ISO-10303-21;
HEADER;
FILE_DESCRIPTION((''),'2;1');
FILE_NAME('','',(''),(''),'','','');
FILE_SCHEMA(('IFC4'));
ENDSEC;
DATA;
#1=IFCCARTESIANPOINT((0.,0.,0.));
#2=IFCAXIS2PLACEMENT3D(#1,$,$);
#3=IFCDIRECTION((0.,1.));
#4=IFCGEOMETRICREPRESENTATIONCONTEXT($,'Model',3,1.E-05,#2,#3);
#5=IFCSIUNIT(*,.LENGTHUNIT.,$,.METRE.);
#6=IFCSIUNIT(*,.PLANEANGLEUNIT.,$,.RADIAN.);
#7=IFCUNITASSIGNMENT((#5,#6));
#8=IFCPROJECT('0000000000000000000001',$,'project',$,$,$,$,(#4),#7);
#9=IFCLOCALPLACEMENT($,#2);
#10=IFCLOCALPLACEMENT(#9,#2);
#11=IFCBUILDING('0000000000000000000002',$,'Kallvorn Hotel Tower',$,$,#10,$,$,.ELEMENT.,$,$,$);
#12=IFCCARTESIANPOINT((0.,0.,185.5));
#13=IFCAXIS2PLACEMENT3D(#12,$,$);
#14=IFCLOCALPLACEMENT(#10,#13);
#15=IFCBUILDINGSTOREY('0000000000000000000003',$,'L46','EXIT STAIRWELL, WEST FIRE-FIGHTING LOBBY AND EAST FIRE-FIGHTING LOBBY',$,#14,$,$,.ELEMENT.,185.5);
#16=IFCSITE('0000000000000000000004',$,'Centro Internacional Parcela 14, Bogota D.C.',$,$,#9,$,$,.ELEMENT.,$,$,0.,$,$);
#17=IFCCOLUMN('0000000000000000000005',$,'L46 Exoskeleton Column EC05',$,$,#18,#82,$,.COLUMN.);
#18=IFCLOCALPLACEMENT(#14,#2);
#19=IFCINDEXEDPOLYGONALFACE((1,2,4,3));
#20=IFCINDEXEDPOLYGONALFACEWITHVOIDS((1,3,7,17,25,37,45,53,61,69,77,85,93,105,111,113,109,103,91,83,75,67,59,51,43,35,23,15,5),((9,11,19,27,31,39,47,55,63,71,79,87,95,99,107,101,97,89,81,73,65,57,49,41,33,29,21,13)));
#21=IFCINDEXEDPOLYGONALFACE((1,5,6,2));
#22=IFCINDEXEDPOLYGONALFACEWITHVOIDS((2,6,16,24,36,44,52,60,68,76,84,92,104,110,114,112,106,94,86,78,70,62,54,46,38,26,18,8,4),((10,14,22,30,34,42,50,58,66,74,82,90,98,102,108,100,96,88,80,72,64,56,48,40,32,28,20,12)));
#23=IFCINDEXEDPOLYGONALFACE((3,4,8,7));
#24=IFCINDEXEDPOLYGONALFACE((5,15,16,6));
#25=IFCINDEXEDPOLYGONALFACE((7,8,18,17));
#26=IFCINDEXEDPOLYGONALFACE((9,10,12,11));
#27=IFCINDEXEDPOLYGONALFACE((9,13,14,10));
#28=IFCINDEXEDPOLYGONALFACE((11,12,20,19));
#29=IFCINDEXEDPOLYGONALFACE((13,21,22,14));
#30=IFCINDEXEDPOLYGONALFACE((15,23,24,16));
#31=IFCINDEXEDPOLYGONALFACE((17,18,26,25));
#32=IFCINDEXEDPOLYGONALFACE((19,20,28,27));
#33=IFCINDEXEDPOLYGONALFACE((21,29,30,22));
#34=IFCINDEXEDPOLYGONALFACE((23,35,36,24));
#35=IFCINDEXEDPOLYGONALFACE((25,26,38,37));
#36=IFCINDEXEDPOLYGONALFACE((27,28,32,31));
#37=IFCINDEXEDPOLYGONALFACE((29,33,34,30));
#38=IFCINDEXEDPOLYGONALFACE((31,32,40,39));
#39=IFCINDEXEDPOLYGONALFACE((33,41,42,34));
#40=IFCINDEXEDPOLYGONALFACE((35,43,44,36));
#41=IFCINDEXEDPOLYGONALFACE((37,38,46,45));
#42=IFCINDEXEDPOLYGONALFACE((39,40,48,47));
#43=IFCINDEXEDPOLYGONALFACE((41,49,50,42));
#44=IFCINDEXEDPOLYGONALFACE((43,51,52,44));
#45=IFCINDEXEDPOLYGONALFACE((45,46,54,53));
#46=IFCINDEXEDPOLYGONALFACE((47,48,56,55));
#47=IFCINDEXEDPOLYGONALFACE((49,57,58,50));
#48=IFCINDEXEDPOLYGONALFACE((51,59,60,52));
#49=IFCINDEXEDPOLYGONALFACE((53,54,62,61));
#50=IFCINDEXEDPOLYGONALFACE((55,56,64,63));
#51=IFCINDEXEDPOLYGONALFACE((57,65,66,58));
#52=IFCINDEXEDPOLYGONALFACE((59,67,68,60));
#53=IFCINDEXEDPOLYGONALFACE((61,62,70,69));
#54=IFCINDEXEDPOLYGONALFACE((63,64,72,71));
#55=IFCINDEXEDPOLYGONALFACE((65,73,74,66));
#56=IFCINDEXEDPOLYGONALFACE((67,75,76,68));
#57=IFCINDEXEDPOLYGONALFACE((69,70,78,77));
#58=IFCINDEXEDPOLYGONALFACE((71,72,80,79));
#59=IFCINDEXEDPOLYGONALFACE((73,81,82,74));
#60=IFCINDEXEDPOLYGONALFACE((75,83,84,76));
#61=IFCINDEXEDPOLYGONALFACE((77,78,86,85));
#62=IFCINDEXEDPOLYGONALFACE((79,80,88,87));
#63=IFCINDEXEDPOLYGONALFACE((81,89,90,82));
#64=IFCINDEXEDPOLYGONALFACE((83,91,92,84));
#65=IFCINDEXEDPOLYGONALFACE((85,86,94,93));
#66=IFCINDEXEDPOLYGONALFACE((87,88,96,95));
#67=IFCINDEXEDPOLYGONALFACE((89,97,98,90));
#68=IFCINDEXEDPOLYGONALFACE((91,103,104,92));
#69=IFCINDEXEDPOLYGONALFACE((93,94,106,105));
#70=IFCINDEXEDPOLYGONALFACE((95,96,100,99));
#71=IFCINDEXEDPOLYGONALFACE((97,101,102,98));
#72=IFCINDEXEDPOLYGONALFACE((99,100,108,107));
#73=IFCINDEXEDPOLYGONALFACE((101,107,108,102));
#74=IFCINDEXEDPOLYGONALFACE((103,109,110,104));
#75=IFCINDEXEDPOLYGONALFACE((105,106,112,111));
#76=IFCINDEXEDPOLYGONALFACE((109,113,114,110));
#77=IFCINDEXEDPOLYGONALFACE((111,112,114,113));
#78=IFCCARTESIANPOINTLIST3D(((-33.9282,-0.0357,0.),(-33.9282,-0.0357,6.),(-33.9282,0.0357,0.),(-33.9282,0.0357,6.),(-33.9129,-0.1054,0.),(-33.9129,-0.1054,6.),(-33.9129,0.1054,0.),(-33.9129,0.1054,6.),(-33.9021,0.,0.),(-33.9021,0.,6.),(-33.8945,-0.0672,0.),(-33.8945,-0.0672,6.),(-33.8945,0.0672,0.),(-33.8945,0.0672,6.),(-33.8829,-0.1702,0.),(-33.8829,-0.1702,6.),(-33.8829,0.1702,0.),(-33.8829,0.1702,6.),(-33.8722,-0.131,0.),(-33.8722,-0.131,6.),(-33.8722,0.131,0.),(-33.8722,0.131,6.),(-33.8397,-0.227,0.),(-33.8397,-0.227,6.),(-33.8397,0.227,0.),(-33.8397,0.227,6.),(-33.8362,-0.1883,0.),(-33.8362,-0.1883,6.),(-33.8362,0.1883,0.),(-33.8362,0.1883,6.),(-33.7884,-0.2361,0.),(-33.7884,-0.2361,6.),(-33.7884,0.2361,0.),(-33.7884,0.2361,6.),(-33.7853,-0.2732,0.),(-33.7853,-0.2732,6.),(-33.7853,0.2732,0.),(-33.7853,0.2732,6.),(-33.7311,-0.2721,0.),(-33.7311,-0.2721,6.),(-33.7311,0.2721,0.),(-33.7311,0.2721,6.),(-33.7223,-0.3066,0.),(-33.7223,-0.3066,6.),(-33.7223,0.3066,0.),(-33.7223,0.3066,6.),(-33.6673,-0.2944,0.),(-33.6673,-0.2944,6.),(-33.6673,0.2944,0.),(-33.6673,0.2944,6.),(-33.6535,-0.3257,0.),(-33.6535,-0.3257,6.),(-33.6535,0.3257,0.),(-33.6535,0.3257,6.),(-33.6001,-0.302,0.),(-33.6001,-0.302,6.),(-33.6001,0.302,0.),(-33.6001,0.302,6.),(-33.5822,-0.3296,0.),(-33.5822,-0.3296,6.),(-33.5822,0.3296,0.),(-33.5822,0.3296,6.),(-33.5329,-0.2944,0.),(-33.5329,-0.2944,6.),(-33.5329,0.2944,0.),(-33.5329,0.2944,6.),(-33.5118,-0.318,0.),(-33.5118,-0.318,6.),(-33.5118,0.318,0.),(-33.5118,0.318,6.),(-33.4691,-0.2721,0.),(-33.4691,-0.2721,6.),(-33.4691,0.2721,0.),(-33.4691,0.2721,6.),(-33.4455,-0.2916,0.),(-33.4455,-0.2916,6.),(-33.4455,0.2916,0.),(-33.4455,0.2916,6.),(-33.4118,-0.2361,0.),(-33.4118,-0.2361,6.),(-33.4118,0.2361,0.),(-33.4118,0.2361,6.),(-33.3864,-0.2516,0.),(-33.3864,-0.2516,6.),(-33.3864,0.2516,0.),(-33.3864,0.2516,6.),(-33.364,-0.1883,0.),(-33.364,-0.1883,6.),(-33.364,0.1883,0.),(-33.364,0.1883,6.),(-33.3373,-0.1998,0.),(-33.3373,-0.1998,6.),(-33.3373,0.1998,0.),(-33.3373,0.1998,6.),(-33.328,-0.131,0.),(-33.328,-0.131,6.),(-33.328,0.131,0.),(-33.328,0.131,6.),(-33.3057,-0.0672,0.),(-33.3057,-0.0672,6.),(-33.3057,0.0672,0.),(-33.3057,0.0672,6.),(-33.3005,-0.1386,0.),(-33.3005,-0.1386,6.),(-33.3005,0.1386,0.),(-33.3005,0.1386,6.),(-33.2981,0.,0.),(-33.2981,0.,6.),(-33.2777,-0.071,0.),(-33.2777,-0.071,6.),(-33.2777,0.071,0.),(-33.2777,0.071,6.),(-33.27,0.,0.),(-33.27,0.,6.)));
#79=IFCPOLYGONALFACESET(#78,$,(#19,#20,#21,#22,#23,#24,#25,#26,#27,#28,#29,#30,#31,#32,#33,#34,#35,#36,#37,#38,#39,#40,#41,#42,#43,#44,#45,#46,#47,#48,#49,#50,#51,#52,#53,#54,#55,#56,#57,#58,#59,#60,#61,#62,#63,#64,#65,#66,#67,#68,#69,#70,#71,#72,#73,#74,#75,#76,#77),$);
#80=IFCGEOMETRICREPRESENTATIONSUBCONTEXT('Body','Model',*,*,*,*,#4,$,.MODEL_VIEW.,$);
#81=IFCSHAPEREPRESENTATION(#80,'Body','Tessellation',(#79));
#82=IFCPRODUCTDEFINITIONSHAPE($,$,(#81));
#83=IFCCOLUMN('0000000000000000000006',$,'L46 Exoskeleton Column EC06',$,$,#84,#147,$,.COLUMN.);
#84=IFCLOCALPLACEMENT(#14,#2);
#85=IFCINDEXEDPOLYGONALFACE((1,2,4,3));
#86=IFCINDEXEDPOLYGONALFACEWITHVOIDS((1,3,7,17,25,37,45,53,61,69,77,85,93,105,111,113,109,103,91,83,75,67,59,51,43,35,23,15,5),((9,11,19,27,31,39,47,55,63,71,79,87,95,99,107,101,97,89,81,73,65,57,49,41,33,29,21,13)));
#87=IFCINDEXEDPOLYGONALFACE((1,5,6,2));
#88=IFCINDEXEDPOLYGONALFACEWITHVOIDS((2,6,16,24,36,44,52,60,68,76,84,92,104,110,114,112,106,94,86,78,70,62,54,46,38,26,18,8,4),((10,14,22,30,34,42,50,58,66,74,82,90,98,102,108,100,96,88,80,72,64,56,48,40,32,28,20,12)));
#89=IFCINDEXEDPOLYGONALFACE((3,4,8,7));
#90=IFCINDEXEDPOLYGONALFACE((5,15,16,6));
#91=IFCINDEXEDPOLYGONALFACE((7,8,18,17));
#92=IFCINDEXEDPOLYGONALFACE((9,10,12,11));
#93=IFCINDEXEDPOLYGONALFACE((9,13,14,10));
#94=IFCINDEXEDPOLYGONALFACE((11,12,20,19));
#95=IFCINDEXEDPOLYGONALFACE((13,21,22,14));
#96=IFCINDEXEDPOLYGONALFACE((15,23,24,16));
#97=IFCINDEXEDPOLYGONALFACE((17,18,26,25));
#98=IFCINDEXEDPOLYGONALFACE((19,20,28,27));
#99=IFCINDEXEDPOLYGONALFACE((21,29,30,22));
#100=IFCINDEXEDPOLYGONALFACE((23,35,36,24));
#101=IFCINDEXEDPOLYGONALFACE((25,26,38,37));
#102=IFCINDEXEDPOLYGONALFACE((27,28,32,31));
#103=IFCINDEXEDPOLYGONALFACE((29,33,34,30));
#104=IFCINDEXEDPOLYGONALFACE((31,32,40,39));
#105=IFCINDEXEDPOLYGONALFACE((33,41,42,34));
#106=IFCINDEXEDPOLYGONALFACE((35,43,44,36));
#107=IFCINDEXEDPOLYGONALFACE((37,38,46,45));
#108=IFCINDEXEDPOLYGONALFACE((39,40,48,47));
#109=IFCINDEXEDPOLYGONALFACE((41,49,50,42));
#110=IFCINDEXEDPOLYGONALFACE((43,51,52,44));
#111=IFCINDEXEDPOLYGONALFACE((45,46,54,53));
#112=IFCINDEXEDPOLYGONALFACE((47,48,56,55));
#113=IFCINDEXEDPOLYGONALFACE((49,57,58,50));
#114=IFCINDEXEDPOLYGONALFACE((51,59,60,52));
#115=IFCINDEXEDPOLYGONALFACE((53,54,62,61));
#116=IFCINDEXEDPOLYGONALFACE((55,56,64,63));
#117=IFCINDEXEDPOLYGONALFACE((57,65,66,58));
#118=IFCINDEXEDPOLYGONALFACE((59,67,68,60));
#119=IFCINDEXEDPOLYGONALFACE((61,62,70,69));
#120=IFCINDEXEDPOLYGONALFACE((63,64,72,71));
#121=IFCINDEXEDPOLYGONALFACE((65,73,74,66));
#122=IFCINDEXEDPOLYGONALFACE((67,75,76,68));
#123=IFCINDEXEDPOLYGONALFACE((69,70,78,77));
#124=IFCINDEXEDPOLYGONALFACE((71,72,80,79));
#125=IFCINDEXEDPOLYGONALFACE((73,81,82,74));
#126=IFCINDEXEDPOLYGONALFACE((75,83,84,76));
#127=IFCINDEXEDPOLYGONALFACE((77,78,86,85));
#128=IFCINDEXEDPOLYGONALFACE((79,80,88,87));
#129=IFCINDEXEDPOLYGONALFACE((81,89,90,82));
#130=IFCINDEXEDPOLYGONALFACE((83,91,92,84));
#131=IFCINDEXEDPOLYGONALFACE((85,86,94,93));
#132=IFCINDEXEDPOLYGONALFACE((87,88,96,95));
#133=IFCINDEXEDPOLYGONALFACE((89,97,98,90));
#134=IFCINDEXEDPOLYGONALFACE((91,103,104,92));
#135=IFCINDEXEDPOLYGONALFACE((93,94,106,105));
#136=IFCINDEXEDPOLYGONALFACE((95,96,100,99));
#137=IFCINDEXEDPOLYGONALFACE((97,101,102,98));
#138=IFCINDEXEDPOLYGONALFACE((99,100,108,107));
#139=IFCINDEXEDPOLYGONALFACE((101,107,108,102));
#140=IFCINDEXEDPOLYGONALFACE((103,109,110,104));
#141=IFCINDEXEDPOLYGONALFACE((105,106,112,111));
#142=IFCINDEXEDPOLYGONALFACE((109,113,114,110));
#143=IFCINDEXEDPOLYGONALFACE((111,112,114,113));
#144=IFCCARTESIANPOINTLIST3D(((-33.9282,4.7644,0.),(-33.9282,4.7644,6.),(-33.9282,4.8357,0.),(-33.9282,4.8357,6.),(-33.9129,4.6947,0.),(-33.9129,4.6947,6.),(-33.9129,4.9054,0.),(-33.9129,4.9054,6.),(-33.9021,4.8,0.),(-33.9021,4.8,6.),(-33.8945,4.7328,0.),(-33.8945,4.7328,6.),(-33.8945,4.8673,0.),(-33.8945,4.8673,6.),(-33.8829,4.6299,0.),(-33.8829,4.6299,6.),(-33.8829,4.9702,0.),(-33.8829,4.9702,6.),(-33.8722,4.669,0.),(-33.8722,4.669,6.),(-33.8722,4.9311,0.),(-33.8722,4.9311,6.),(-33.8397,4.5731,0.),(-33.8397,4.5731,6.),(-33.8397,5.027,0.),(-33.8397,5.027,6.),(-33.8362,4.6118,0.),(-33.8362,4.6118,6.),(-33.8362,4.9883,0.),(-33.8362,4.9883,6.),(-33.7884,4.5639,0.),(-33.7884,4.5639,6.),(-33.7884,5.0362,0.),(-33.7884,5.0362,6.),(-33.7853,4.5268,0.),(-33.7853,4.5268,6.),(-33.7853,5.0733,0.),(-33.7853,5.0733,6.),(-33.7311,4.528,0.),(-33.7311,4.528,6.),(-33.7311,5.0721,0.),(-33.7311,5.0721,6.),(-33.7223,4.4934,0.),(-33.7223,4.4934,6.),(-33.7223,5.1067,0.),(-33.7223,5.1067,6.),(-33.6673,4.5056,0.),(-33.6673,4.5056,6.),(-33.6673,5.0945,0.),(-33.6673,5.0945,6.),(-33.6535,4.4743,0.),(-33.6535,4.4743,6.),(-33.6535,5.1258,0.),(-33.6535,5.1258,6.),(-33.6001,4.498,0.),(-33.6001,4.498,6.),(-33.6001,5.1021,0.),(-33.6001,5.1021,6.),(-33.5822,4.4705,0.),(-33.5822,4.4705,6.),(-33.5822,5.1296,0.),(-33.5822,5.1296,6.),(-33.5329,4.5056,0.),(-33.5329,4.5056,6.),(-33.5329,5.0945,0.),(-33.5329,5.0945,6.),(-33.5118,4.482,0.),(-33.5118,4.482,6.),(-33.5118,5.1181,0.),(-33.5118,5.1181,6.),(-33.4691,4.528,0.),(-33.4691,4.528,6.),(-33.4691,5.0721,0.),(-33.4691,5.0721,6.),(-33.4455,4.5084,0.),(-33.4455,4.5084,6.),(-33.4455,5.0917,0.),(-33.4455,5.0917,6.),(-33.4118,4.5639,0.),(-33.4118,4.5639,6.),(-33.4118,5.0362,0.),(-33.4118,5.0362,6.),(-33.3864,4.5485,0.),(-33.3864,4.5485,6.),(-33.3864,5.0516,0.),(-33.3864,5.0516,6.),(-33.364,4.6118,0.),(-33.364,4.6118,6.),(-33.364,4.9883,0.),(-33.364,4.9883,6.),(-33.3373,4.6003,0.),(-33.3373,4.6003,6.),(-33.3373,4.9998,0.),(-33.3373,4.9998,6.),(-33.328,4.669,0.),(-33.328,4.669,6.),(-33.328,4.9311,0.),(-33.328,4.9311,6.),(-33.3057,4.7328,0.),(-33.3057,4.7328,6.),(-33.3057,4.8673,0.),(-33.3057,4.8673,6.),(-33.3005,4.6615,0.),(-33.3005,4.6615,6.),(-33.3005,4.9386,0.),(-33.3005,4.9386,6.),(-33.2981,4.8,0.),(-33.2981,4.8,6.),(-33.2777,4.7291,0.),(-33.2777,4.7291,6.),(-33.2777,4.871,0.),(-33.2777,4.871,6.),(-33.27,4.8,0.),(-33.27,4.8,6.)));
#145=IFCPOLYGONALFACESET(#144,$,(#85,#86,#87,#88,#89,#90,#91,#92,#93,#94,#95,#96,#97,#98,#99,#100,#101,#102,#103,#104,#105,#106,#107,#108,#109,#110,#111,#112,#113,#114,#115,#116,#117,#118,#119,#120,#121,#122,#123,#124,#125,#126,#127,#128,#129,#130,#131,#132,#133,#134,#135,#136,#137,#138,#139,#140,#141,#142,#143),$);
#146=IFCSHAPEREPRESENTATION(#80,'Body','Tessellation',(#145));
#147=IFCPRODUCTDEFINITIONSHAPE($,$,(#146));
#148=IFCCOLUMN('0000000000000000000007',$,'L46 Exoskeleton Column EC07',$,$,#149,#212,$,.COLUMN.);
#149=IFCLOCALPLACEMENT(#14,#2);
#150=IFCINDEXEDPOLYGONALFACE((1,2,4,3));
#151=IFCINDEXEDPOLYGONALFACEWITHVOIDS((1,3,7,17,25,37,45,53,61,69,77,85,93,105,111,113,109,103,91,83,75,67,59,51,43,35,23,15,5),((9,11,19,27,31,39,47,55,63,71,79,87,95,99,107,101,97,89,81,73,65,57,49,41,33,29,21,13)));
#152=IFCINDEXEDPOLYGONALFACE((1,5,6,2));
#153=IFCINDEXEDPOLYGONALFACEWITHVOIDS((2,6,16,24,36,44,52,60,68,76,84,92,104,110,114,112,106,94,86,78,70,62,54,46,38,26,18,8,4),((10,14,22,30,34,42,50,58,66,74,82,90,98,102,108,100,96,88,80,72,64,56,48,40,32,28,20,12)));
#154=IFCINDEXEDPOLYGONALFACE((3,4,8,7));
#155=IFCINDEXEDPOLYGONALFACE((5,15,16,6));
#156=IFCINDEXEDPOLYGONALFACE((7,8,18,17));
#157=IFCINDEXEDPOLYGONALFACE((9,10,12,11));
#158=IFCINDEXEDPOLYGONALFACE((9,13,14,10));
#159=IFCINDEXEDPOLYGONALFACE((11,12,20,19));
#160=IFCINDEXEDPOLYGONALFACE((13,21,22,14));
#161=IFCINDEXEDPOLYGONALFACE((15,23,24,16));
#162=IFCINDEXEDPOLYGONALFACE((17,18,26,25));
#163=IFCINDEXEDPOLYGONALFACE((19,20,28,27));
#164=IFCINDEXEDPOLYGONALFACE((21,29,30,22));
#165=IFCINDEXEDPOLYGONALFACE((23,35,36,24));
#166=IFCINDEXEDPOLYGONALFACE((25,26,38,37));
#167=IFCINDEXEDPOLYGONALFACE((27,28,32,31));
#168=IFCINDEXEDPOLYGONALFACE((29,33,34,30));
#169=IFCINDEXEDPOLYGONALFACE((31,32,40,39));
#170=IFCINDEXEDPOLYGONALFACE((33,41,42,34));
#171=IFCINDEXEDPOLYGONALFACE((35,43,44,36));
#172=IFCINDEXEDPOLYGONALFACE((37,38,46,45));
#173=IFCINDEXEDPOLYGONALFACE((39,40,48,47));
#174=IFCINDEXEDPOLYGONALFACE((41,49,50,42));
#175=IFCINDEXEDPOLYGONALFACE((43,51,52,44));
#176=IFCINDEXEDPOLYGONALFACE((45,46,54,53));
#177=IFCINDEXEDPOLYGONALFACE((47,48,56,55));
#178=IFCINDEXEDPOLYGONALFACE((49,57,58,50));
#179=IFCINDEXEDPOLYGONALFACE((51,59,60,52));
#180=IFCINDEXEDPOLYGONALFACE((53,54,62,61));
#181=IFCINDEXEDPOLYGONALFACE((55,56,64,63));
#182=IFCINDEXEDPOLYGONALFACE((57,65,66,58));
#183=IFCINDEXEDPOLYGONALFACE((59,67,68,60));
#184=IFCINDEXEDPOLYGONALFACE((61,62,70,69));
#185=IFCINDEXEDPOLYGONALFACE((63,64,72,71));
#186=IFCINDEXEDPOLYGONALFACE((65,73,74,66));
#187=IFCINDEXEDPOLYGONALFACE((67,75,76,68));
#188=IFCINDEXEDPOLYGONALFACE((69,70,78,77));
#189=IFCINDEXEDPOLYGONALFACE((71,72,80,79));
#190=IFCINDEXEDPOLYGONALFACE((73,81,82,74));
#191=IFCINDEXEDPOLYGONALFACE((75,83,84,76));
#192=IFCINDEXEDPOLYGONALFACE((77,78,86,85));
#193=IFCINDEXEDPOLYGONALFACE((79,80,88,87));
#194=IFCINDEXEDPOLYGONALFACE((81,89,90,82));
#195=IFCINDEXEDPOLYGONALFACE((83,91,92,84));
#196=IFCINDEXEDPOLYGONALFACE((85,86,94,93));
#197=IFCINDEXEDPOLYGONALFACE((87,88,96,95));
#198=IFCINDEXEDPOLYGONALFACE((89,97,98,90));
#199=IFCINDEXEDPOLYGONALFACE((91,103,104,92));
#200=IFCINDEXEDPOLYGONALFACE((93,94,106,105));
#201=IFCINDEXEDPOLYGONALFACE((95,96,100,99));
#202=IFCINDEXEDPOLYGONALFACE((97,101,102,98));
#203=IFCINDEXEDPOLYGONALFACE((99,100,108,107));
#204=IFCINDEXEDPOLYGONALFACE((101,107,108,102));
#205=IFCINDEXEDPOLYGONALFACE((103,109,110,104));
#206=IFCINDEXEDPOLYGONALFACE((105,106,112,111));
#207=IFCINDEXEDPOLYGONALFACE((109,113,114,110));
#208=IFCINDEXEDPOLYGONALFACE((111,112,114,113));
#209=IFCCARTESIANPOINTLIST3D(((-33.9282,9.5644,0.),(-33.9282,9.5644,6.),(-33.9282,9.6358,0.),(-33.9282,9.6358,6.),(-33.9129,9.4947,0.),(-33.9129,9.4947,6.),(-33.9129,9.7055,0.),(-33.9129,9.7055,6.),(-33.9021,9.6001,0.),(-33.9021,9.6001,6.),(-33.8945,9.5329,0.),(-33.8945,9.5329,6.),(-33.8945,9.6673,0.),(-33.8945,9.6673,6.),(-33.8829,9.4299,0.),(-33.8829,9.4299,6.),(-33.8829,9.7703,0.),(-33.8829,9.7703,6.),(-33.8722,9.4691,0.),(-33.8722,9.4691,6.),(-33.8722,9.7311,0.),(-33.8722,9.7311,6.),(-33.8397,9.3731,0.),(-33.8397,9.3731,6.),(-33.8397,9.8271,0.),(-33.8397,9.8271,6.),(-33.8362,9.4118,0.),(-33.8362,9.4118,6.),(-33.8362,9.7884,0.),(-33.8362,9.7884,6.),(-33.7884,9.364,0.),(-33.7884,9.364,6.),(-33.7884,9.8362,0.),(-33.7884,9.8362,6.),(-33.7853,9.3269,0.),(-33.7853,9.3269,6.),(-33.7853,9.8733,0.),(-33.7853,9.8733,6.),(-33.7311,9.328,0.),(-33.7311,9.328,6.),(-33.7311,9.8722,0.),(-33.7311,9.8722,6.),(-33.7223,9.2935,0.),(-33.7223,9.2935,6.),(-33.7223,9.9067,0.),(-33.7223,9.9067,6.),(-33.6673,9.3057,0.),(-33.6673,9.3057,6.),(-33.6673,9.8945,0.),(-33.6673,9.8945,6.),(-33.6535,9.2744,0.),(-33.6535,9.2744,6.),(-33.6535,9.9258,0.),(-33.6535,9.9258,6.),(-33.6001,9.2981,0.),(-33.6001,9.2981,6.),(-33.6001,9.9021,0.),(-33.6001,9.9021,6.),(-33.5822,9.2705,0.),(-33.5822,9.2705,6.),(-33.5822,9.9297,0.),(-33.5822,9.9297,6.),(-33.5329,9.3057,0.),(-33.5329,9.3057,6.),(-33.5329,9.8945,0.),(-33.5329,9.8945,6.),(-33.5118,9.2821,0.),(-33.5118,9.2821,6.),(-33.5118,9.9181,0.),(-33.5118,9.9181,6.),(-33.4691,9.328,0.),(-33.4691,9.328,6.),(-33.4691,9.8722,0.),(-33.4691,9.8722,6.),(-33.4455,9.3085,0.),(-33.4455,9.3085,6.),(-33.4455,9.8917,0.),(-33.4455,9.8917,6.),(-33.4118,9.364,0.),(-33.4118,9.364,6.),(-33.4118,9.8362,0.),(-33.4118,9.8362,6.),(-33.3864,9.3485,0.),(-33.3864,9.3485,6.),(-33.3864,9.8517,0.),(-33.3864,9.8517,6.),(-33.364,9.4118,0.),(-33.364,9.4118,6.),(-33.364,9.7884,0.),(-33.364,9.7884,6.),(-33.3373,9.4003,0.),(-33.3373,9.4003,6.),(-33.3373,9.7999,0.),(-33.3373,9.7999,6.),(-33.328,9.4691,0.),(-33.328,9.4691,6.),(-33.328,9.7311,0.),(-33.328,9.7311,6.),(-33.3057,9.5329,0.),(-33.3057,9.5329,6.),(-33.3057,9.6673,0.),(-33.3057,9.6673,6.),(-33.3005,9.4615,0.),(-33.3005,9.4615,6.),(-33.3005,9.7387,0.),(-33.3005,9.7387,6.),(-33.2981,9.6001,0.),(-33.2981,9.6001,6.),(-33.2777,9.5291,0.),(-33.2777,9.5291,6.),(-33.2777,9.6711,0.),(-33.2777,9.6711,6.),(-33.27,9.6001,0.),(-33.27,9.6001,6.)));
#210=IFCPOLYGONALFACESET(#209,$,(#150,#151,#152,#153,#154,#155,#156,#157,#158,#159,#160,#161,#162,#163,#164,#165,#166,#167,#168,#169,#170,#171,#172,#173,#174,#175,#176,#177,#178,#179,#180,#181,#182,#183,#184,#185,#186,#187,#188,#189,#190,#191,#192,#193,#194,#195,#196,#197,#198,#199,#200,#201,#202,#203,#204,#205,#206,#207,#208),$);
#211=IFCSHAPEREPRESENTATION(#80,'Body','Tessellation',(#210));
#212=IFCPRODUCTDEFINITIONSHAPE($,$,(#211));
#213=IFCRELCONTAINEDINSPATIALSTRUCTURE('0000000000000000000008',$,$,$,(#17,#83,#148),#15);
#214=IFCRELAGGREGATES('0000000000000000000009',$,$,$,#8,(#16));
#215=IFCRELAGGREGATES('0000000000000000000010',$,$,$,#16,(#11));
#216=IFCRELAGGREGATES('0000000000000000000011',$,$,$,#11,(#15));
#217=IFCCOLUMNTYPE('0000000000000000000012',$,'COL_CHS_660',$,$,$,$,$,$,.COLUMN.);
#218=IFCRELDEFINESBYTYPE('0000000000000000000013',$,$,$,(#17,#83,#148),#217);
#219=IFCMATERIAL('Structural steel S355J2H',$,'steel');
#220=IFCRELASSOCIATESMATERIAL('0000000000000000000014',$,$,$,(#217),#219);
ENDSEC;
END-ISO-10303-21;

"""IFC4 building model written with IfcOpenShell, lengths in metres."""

from ifc_helpers import new_model, si_unit, direction, frame, origin, origin_2d, place, context, subcontext, project, spatial, hollow_circle, extrude, material, material_profile, profile_set, type_object, element, save


model = new_model("IFC4")

# Units and contexts
model_context = context("Model", 3, precision=1e-05, world=origin(), true_north=direction((0.0, 1.0)))
body_context = subcontext(model_context, "Body", "Model", "MODEL_VIEW")
ifc_project = project(units=[si_unit("LENGTHUNIT", "METRE"), si_unit("PLANEANGLEUNIT", "RADIAN")], contexts=[model_context])

# Site, building, storey
site_placement = place(None, origin())
site = spatial("IfcSite", under=ifc_project, at=site_placement, Name="Centro Internacional Parcela 14, Bogota D.C.", CompositionType="ELEMENT", RefElevation=0.0)
building_placement = place(site_placement, origin())
building = spatial("IfcBuilding", under=site, at=building_placement, Name="Kallvorn Hotel Tower", CompositionType="ELEMENT")
storey_placement = place(building_placement, frame((0.0, 0.0, 185.5)))
storey = spatial("IfcBuildingStorey", under=building, at=storey_placement, Name="L46", Description="EXIT STAIRWELL, WEST FIRE-FIGHTING LOBBY AND EAST FIRE-FIGHTING LOBBY", CompositionType="ELEMENT", Elevation=185.5)

# Columns
ifc_material_1 = material(Name="Structural steel S355J2H", Category="steel")
ifc_material_profile_1 = material_profile(ifc_material_1, hollow_circle(Radius=0.3301, WallThickness=0.0281, at=origin_2d()), Name="CHS 660x28")
ifc_profile_set_1 = profile_set([ifc_material_profile_1], Name="Structural steel S355J2H")
column_type_1 = type_object("IfcColumnType", Name="COL_CHS_660", PredefinedType="COLUMN", material=ifc_profile_set_1)
for number, where, z_axis, x_axis, name in (
    (1, (-33.6001, 0.0, 0.0), (0.0, 0.0, 1.0), (1.0, 0.0, 0.0), "L46 Exoskeleton Column EC05"),
    (2, (-33.6001, 4.8, 0.0), (0.0, 0.0, 1.0), (1.0, 0.0, 0.0), "L46 Exoskeleton Column EC06"),
    (3, (-33.6001, 9.6001, 0.0), (0.0, 0.0, 1.0), (1.0, 0.0, 0.0), "L46 Exoskeleton Column EC07"),
):
    element("IfcColumn", number, at=place(storey_placement, frame(where, z_axis=z_axis, x_axis=x_axis)), inside=storey, type_object=column_type_1, Name=name, PredefinedType="COLUMN", context=body_context, shape_type="SweptSolid", body=[
        extrude(hollow_circle(Radius=0.3301, WallThickness=0.0281, at=origin_2d()), origin(), (0.0, 0.0, 1.0), 6.0),
    ])

save(model, "model.ifc")
